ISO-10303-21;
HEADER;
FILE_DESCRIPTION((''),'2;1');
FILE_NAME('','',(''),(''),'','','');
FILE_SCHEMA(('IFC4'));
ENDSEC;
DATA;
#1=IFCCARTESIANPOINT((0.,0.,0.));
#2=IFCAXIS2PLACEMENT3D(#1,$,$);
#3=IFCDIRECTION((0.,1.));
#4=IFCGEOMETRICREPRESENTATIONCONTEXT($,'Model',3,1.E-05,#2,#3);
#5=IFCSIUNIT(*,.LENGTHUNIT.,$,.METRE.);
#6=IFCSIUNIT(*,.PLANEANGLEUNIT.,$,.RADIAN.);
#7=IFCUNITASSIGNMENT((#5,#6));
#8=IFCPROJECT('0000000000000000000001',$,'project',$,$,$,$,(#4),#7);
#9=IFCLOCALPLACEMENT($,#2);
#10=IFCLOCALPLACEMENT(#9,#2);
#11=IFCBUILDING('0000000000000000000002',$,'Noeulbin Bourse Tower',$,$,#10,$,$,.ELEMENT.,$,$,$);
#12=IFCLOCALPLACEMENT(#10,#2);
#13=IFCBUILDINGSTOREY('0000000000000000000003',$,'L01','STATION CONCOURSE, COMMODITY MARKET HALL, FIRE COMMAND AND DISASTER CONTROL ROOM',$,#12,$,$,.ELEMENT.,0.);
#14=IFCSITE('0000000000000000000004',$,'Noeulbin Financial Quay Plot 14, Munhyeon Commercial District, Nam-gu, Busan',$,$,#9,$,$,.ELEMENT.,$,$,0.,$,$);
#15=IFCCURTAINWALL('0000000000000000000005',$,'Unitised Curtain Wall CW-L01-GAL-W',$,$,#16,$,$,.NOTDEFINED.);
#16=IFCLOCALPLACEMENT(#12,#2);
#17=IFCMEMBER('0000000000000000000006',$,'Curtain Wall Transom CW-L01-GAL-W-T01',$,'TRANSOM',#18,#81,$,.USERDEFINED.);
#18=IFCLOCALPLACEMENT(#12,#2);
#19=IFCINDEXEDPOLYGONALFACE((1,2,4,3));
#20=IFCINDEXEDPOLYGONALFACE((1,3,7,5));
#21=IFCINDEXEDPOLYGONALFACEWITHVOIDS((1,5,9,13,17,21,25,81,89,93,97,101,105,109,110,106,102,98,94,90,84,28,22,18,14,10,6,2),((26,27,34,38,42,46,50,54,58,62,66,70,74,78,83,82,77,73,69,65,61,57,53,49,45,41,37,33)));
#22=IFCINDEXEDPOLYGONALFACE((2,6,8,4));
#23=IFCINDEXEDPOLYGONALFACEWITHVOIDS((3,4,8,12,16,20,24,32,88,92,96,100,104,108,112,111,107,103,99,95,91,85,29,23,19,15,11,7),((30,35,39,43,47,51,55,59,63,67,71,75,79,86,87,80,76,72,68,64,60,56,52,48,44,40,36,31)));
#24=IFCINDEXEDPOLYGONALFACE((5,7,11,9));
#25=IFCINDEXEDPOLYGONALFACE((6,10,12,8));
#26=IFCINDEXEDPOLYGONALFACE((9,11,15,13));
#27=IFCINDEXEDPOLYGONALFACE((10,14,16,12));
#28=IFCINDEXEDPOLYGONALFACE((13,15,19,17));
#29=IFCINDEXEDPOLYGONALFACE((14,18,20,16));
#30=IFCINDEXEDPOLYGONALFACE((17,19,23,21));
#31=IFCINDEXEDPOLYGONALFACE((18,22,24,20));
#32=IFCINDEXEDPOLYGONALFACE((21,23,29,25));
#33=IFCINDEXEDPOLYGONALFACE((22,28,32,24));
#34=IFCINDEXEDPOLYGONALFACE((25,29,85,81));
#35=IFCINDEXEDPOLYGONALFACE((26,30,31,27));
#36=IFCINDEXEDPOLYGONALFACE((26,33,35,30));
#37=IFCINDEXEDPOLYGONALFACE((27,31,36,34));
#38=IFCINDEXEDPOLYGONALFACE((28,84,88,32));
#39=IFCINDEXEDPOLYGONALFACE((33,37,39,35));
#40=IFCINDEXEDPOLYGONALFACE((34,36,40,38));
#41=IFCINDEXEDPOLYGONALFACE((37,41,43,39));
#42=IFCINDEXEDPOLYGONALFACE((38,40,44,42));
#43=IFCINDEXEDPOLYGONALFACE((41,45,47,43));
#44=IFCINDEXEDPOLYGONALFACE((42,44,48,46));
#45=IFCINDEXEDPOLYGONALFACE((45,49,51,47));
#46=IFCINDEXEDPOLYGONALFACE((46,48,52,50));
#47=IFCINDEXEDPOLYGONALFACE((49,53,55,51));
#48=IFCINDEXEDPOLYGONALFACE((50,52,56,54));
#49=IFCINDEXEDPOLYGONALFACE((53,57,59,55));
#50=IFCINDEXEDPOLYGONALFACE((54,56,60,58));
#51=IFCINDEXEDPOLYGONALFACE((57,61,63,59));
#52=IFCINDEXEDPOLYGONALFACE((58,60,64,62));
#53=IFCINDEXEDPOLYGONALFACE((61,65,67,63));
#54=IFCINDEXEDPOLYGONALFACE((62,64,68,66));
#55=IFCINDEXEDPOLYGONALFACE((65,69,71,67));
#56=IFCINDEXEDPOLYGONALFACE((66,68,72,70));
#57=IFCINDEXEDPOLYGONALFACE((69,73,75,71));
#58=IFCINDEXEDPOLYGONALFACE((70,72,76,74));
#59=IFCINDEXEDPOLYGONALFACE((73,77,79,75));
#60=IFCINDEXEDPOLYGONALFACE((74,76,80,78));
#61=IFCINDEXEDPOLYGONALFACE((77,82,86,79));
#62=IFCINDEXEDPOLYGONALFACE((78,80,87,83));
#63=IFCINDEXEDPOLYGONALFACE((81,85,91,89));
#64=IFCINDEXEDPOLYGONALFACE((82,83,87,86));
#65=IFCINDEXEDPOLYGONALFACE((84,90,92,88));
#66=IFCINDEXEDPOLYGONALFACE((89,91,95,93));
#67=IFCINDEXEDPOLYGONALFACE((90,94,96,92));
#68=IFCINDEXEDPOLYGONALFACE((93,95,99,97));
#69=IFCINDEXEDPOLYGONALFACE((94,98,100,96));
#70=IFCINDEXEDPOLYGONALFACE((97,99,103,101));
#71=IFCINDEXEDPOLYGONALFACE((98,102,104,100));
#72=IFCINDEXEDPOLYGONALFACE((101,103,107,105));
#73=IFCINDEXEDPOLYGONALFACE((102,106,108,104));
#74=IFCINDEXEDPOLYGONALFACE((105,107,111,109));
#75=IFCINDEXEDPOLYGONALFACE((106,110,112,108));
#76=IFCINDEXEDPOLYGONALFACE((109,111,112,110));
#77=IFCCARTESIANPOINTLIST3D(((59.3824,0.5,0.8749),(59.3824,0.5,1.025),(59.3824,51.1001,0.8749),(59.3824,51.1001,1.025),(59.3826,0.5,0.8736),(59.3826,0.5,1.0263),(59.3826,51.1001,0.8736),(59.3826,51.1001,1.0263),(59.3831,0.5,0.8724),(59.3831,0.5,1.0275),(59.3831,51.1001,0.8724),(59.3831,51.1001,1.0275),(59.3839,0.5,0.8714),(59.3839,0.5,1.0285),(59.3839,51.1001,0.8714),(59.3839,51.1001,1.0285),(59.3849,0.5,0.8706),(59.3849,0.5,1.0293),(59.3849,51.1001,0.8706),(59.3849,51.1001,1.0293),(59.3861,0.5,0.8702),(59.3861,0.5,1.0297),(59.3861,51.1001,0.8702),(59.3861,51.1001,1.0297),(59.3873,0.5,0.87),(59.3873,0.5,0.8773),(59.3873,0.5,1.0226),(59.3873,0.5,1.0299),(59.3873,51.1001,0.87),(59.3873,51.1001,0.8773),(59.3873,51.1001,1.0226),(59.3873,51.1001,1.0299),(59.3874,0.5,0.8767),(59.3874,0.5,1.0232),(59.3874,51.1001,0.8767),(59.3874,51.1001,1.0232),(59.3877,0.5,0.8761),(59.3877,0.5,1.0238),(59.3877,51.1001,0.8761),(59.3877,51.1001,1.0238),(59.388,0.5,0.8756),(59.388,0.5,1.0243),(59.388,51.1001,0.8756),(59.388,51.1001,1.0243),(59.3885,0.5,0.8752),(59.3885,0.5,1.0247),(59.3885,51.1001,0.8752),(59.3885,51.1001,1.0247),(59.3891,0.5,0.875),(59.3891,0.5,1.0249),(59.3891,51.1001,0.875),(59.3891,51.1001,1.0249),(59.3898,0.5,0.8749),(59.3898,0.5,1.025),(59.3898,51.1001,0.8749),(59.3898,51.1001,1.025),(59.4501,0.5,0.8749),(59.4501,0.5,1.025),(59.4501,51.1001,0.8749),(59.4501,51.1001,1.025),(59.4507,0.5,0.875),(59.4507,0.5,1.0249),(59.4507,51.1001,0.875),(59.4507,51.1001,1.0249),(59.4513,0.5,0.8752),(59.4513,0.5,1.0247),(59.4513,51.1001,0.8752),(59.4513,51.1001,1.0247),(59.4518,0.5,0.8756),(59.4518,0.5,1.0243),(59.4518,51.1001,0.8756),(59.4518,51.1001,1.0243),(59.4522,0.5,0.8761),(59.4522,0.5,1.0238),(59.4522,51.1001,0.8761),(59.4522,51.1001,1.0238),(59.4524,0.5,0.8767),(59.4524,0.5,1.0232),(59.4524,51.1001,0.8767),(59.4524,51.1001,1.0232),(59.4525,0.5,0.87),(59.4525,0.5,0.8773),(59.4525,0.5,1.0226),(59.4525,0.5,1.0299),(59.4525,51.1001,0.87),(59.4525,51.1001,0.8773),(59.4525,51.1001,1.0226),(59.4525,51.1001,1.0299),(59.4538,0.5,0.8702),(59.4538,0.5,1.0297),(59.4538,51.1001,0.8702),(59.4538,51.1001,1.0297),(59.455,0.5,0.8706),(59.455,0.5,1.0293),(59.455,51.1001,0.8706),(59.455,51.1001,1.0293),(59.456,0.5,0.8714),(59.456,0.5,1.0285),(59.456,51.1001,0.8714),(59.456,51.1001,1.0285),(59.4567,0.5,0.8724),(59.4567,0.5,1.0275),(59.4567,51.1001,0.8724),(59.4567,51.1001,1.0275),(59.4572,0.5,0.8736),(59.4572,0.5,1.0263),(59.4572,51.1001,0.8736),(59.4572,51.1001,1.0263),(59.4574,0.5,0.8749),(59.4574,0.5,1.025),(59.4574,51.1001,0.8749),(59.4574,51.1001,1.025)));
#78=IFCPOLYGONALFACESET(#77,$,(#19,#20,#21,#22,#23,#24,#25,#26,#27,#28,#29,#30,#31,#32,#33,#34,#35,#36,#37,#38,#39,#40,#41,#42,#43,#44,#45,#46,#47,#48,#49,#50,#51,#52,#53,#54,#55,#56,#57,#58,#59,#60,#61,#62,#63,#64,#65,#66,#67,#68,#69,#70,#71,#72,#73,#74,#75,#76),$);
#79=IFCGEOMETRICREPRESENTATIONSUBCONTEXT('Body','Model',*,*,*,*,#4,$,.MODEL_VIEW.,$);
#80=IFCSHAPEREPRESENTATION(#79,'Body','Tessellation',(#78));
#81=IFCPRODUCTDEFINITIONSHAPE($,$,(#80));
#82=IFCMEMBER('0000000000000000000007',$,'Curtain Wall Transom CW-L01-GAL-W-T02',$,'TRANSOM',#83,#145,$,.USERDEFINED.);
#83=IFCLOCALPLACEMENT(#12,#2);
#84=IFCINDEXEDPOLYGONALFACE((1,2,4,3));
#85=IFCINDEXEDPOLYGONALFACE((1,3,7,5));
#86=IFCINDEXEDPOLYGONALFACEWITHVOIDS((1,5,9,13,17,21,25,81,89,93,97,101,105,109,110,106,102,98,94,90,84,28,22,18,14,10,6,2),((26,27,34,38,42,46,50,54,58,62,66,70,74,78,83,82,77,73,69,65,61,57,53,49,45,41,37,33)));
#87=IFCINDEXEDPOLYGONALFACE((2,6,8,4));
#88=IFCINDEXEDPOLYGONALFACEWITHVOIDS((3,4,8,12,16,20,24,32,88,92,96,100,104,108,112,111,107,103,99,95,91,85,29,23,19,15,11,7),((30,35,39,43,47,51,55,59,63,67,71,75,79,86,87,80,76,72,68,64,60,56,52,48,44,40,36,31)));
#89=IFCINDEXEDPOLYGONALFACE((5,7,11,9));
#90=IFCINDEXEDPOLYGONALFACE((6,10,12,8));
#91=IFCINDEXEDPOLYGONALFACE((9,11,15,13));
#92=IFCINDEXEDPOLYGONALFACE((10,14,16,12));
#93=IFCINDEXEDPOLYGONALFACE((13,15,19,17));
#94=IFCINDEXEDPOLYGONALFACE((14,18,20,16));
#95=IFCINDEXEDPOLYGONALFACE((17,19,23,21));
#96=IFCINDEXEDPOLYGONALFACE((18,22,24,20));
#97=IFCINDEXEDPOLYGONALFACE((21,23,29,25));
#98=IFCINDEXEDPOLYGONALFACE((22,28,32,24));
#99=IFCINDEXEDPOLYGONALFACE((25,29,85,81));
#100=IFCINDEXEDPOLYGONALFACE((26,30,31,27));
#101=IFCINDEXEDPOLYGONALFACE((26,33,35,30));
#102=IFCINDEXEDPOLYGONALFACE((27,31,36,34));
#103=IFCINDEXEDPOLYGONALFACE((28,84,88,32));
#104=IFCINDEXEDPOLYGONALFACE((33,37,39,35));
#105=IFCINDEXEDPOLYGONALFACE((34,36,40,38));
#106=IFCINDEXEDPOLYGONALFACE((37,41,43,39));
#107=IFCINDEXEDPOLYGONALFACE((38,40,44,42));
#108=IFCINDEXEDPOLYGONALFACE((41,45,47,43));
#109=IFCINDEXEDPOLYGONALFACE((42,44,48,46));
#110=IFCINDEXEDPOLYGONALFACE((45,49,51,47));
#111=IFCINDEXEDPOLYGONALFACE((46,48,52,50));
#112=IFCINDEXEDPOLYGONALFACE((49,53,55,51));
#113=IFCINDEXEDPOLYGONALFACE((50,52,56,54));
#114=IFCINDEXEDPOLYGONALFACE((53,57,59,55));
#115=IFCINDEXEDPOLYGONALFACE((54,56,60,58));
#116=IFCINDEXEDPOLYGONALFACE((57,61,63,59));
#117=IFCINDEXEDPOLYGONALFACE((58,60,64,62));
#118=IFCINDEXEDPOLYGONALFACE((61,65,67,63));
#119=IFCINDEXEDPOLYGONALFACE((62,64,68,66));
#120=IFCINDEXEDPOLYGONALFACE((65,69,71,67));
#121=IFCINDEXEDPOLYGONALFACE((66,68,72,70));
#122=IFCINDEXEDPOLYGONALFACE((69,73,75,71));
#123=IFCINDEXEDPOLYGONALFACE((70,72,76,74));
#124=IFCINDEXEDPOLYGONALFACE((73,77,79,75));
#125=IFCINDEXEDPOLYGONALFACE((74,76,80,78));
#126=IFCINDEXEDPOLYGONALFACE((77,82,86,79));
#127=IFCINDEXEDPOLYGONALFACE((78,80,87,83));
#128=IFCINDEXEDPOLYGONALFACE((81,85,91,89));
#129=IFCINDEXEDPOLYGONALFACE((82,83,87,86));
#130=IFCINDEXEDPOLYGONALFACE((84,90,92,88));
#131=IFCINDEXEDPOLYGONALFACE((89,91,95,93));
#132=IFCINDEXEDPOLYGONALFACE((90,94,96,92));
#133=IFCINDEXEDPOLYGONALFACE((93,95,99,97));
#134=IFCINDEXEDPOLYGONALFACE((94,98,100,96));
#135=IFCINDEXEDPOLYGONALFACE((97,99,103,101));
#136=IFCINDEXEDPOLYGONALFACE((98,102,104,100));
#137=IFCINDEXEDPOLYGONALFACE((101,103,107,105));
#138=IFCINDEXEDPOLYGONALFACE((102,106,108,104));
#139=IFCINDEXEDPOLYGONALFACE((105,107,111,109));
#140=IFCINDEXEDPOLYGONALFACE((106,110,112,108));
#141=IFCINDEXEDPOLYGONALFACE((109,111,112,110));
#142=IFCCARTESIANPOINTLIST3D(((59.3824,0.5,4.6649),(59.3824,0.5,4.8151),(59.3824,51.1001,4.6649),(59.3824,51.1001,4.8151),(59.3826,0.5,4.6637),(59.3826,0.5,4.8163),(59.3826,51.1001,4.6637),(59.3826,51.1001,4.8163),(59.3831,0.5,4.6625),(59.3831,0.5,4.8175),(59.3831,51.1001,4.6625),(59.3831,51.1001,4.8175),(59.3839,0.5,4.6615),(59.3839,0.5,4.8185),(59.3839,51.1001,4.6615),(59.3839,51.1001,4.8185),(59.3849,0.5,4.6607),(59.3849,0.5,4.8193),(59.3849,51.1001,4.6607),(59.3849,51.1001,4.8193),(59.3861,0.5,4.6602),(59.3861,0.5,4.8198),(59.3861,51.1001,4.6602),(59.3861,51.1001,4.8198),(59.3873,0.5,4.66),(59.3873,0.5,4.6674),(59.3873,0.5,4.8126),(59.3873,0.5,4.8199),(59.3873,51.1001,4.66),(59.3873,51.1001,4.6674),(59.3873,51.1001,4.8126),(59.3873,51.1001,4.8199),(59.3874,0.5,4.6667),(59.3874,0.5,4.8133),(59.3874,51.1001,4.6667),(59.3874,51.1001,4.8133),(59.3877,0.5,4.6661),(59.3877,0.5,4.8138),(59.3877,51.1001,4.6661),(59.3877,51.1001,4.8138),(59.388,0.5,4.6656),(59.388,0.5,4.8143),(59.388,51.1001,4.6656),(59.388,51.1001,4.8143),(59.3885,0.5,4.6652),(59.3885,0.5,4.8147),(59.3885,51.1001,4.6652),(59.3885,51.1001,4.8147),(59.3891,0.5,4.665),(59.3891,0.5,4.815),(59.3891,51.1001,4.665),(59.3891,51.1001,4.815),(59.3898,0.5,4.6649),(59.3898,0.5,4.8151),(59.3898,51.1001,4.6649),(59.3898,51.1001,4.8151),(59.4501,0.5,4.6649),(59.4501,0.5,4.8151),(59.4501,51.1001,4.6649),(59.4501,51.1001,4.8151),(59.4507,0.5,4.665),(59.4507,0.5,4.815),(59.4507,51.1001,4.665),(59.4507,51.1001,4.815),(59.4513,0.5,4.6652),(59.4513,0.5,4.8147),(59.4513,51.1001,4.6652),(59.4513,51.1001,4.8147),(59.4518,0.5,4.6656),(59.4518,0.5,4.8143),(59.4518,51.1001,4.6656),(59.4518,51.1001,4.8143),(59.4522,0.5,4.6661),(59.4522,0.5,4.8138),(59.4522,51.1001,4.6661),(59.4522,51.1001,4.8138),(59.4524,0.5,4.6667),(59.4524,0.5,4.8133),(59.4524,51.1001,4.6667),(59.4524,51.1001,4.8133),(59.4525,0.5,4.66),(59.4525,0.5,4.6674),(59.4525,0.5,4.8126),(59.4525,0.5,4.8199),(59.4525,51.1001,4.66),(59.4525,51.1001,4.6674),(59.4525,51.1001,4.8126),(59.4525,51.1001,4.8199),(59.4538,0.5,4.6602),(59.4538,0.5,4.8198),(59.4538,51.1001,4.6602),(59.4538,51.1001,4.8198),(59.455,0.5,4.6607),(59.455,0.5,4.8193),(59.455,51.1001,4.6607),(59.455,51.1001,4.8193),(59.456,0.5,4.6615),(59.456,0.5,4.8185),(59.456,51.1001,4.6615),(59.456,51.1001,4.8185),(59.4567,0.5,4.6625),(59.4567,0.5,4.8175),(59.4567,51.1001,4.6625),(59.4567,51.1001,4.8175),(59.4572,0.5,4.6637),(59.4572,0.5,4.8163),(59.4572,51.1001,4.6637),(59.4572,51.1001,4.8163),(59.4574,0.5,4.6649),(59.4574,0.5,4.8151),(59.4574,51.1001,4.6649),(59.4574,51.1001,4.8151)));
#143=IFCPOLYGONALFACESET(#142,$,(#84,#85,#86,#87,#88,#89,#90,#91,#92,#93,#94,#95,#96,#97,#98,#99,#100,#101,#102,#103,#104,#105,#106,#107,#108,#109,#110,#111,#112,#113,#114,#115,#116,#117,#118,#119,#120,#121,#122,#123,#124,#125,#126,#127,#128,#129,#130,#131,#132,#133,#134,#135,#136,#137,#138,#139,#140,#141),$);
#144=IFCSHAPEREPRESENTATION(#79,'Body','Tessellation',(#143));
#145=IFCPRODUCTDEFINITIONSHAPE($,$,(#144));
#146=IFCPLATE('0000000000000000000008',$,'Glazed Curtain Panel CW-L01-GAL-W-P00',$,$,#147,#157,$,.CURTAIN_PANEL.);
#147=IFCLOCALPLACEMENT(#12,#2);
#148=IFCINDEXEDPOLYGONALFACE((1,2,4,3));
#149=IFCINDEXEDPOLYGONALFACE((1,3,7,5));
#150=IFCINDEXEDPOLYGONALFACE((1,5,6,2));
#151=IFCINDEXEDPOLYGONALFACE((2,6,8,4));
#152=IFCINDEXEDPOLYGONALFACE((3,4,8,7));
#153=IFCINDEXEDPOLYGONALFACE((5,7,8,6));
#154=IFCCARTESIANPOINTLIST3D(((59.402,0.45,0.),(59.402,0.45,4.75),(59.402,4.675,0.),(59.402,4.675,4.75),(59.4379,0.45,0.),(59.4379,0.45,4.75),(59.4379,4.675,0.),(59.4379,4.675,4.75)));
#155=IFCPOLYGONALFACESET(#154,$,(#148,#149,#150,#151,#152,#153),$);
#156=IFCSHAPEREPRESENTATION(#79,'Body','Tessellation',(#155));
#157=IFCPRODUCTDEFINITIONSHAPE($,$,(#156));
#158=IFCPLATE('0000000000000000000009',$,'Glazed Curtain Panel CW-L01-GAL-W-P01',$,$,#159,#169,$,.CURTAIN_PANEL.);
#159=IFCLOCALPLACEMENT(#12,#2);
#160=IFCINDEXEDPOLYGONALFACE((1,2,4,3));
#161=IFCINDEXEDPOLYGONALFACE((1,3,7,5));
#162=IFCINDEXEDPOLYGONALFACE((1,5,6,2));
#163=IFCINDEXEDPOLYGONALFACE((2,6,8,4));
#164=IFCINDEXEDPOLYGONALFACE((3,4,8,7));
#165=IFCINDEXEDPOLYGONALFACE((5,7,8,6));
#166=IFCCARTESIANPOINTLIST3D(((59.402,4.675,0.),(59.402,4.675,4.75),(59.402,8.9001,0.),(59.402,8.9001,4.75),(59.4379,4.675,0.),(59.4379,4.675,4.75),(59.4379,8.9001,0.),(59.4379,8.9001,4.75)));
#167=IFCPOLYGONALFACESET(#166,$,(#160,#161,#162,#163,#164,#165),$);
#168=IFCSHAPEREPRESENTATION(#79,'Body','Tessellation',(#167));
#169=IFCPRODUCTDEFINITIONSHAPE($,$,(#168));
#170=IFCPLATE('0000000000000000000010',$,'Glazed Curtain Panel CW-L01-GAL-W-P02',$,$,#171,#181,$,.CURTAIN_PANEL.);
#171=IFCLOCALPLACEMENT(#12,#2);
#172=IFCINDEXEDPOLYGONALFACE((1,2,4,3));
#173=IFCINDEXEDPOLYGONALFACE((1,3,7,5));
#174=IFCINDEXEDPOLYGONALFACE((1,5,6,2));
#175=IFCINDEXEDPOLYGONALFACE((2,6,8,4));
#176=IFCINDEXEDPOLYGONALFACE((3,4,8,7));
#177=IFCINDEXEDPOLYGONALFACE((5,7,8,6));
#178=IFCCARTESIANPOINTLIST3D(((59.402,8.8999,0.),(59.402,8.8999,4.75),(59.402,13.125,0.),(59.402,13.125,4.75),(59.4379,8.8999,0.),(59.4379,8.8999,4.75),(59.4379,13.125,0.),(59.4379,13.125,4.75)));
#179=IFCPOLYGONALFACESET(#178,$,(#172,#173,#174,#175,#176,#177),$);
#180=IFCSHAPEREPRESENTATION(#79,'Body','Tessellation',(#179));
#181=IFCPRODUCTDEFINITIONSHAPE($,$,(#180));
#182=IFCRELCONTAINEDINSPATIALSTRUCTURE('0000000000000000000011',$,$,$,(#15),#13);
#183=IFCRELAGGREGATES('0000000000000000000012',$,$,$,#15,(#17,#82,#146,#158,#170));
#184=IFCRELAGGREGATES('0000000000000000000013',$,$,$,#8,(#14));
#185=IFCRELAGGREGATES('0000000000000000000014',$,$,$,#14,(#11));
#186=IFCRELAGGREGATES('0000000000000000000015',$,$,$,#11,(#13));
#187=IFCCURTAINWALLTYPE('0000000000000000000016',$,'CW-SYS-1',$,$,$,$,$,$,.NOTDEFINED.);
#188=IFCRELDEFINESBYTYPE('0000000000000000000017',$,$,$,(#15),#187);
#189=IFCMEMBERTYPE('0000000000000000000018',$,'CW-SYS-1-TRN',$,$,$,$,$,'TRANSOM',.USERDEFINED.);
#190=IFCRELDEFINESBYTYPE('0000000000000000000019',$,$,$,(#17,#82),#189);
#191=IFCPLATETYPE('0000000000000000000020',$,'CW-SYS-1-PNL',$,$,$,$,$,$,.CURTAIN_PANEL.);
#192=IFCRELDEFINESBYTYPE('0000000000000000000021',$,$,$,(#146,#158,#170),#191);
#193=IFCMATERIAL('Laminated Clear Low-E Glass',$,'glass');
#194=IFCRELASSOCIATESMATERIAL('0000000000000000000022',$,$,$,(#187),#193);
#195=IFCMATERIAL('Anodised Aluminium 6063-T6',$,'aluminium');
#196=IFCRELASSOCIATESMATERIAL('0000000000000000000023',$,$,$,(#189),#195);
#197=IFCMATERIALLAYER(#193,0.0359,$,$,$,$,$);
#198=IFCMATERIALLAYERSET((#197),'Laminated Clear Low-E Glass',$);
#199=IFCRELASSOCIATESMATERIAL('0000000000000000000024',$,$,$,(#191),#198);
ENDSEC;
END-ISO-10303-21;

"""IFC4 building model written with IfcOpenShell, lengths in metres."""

from ifc_helpers import new_model, si_unit, direction, frame, origin, origin_2d, place, context, subcontext, project, spatial, rectangle, hollow_rectangle, extrude, material, layer, layer_set, material_profile, profile_set, type_object, element, aggregate, save


model = new_model("IFC4")

# Units and contexts
model_context = context("Model", 3, precision=1e-05, world=origin(), true_north=direction((0.0, 1.0)))
body_context = subcontext(model_context, "Body", "Model", "MODEL_VIEW")
ifc_project = project(units=[si_unit("LENGTHUNIT", "METRE"), si_unit("PLANEANGLEUNIT", "RADIAN")], contexts=[model_context])

# Site, building, storey
site_placement = place(None, origin())
site = spatial("IfcSite", under=ifc_project, at=site_placement, Name="Noeulbin Financial Quay Plot 14, Munhyeon Commercial District, Nam-gu, Busan", CompositionType="ELEMENT", RefElevation=0.0)
building_placement = place(site_placement, origin())
building = spatial("IfcBuilding", under=site, at=building_placement, Name="Noeulbin Bourse Tower", CompositionType="ELEMENT")
storey_placement = place(building_placement, origin())
storey = spatial("IfcBuildingStorey", under=building, at=storey_placement, Name="L01", Description="STATION CONCOURSE, COMMODITY MARKET HALL, FIRE COMMAND AND DISASTER CONTROL ROOM", CompositionType="ELEMENT", Elevation=0.0)

# Curtain wall, members, plates
ifc_material_1 = material(Name="Laminated Clear Low-E Glass", Category="glass")
curtain_wall_type = type_object("IfcCurtainWallType", Name="CW-SYS-1", PredefinedType="NOTDEFINED", material=ifc_material_1)
curtain_wall_placement = place(storey_placement, origin())
curtain_wall = element("IfcCurtainWall", 1, at=curtain_wall_placement, inside=storey, type_object=curtain_wall_type, Name="Unitised Curtain Wall CW-L01-GAL-W", PredefinedType="NOTDEFINED")
ifc_material_2 = material(Name="Anodised Aluminium 6063-T6", Category="aluminium")
ifc_material_profile_1 = material_profile(ifc_material_2, hollow_rectangle(XDim=0.075, YDim=0.1599, WallThickness=0.0049, InnerFilletRadius=0.0024, OuterFilletRadius=0.0049, at=origin_2d()), Name="ALU-TRAN-75x160x5", Category="LoadBearing")
ifc_profile_set_1 = profile_set([ifc_material_profile_1], Name="Anodised Aluminium 6063-T6")
member_type_1 = type_object("IfcMemberType", Name="CW-SYS-1-TRN", ElementType="TRANSOM", PredefinedType="USERDEFINED", material=ifc_profile_set_1)
member_1_placement = place(storey_placement, frame((59.4199, 0.5, 0.95), z_axis=(0.0, 1.0, 0.0), x_axis=(-1.0, 0.0, 0.0)))
member_1 = element("IfcMember", 2, at=member_1_placement, type_object=member_type_1, Name="Curtain Wall Transom CW-L01-GAL-W-T01", ObjectType="TRANSOM", PredefinedType="USERDEFINED", context=body_context, shape_type="SweptSolid", body=[
    extrude(hollow_rectangle(XDim=0.075, YDim=0.1599, WallThickness=0.0049, InnerFilletRadius=0.0024, OuterFilletRadius=0.0049, at=origin_2d()), origin(), (0.0, 0.0, 1.0), 50.6001),
])
member_2_placement = place(storey_placement, frame((59.4199, 0.5, 4.74), z_axis=(0.0, 1.0, 0.0), x_axis=(-1.0, 0.0, 0.0)))
member_2 = element("IfcMember", 3, at=member_2_placement, type_object=member_type_1, Name="Curtain Wall Transom CW-L01-GAL-W-T02", ObjectType="TRANSOM", PredefinedType="USERDEFINED", context=body_context, shape_type="SweptSolid", body=[
    extrude(hollow_rectangle(XDim=0.075, YDim=0.1599, WallThickness=0.0049, InnerFilletRadius=0.0024, OuterFilletRadius=0.0049, at=origin_2d()), origin(), (0.0, 0.0, 1.0), 50.6001),
])
ifc_layer = layer(ifc_material_1, 0.0359)
ifc_layer_set = layer_set([ifc_layer], Name="Laminated Clear Low-E Glass")
plate_type = type_object("IfcPlateType", Name="CW-SYS-1-PNL", PredefinedType="CURTAIN_PANEL", material=ifc_layer_set)
plate_1_placement = place(storey_placement, frame((59.4199, 2.5625, 0.0), z_axis=(0.0, 0.0, 1.0), x_axis=(0.0, 1.0, 0.0)))
plate_1 = element("IfcPlate", 4, at=plate_1_placement, type_object=plate_type, Name="Glazed Curtain Panel CW-L01-GAL-W-P00", PredefinedType="CURTAIN_PANEL", context=body_context, shape_type="SweptSolid", body=[
    extrude(rectangle(XDim=4.2251, YDim=0.0359, at=origin_2d()), origin(), (0.0, 0.0, 1.0), 4.75),
])
plate_2_placement = place(storey_placement, frame((59.4199, 6.7876, 0.0), z_axis=(0.0, 0.0, 1.0), x_axis=(0.0, 1.0, 0.0)))
plate_2 = element("IfcPlate", 5, at=plate_2_placement, type_object=plate_type, Name="Glazed Curtain Panel CW-L01-GAL-W-P01", PredefinedType="CURTAIN_PANEL", context=body_context, shape_type="SweptSolid", body=[
    extrude(rectangle(XDim=4.2251, YDim=0.0359, at=origin_2d()), origin(), (0.0, 0.0, 1.0), 4.75),
])
plate_3_placement = place(storey_placement, frame((59.4199, 11.0125, 0.0), z_axis=(0.0, 0.0, 1.0), x_axis=(0.0, 1.0, 0.0)))
plate_3 = element("IfcPlate", 6, at=plate_3_placement, type_object=plate_type, Name="Glazed Curtain Panel CW-L01-GAL-W-P02", PredefinedType="CURTAIN_PANEL", context=body_context, shape_type="SweptSolid", body=[
    extrude(rectangle(XDim=4.2251, YDim=0.0359, at=origin_2d()), origin(), (0.0, 0.0, 1.0), 4.75),
])
aggregate(curtain_wall, [member_1, member_2, plate_1, plate_2, plate_3])

save(model, "model.ifc")
